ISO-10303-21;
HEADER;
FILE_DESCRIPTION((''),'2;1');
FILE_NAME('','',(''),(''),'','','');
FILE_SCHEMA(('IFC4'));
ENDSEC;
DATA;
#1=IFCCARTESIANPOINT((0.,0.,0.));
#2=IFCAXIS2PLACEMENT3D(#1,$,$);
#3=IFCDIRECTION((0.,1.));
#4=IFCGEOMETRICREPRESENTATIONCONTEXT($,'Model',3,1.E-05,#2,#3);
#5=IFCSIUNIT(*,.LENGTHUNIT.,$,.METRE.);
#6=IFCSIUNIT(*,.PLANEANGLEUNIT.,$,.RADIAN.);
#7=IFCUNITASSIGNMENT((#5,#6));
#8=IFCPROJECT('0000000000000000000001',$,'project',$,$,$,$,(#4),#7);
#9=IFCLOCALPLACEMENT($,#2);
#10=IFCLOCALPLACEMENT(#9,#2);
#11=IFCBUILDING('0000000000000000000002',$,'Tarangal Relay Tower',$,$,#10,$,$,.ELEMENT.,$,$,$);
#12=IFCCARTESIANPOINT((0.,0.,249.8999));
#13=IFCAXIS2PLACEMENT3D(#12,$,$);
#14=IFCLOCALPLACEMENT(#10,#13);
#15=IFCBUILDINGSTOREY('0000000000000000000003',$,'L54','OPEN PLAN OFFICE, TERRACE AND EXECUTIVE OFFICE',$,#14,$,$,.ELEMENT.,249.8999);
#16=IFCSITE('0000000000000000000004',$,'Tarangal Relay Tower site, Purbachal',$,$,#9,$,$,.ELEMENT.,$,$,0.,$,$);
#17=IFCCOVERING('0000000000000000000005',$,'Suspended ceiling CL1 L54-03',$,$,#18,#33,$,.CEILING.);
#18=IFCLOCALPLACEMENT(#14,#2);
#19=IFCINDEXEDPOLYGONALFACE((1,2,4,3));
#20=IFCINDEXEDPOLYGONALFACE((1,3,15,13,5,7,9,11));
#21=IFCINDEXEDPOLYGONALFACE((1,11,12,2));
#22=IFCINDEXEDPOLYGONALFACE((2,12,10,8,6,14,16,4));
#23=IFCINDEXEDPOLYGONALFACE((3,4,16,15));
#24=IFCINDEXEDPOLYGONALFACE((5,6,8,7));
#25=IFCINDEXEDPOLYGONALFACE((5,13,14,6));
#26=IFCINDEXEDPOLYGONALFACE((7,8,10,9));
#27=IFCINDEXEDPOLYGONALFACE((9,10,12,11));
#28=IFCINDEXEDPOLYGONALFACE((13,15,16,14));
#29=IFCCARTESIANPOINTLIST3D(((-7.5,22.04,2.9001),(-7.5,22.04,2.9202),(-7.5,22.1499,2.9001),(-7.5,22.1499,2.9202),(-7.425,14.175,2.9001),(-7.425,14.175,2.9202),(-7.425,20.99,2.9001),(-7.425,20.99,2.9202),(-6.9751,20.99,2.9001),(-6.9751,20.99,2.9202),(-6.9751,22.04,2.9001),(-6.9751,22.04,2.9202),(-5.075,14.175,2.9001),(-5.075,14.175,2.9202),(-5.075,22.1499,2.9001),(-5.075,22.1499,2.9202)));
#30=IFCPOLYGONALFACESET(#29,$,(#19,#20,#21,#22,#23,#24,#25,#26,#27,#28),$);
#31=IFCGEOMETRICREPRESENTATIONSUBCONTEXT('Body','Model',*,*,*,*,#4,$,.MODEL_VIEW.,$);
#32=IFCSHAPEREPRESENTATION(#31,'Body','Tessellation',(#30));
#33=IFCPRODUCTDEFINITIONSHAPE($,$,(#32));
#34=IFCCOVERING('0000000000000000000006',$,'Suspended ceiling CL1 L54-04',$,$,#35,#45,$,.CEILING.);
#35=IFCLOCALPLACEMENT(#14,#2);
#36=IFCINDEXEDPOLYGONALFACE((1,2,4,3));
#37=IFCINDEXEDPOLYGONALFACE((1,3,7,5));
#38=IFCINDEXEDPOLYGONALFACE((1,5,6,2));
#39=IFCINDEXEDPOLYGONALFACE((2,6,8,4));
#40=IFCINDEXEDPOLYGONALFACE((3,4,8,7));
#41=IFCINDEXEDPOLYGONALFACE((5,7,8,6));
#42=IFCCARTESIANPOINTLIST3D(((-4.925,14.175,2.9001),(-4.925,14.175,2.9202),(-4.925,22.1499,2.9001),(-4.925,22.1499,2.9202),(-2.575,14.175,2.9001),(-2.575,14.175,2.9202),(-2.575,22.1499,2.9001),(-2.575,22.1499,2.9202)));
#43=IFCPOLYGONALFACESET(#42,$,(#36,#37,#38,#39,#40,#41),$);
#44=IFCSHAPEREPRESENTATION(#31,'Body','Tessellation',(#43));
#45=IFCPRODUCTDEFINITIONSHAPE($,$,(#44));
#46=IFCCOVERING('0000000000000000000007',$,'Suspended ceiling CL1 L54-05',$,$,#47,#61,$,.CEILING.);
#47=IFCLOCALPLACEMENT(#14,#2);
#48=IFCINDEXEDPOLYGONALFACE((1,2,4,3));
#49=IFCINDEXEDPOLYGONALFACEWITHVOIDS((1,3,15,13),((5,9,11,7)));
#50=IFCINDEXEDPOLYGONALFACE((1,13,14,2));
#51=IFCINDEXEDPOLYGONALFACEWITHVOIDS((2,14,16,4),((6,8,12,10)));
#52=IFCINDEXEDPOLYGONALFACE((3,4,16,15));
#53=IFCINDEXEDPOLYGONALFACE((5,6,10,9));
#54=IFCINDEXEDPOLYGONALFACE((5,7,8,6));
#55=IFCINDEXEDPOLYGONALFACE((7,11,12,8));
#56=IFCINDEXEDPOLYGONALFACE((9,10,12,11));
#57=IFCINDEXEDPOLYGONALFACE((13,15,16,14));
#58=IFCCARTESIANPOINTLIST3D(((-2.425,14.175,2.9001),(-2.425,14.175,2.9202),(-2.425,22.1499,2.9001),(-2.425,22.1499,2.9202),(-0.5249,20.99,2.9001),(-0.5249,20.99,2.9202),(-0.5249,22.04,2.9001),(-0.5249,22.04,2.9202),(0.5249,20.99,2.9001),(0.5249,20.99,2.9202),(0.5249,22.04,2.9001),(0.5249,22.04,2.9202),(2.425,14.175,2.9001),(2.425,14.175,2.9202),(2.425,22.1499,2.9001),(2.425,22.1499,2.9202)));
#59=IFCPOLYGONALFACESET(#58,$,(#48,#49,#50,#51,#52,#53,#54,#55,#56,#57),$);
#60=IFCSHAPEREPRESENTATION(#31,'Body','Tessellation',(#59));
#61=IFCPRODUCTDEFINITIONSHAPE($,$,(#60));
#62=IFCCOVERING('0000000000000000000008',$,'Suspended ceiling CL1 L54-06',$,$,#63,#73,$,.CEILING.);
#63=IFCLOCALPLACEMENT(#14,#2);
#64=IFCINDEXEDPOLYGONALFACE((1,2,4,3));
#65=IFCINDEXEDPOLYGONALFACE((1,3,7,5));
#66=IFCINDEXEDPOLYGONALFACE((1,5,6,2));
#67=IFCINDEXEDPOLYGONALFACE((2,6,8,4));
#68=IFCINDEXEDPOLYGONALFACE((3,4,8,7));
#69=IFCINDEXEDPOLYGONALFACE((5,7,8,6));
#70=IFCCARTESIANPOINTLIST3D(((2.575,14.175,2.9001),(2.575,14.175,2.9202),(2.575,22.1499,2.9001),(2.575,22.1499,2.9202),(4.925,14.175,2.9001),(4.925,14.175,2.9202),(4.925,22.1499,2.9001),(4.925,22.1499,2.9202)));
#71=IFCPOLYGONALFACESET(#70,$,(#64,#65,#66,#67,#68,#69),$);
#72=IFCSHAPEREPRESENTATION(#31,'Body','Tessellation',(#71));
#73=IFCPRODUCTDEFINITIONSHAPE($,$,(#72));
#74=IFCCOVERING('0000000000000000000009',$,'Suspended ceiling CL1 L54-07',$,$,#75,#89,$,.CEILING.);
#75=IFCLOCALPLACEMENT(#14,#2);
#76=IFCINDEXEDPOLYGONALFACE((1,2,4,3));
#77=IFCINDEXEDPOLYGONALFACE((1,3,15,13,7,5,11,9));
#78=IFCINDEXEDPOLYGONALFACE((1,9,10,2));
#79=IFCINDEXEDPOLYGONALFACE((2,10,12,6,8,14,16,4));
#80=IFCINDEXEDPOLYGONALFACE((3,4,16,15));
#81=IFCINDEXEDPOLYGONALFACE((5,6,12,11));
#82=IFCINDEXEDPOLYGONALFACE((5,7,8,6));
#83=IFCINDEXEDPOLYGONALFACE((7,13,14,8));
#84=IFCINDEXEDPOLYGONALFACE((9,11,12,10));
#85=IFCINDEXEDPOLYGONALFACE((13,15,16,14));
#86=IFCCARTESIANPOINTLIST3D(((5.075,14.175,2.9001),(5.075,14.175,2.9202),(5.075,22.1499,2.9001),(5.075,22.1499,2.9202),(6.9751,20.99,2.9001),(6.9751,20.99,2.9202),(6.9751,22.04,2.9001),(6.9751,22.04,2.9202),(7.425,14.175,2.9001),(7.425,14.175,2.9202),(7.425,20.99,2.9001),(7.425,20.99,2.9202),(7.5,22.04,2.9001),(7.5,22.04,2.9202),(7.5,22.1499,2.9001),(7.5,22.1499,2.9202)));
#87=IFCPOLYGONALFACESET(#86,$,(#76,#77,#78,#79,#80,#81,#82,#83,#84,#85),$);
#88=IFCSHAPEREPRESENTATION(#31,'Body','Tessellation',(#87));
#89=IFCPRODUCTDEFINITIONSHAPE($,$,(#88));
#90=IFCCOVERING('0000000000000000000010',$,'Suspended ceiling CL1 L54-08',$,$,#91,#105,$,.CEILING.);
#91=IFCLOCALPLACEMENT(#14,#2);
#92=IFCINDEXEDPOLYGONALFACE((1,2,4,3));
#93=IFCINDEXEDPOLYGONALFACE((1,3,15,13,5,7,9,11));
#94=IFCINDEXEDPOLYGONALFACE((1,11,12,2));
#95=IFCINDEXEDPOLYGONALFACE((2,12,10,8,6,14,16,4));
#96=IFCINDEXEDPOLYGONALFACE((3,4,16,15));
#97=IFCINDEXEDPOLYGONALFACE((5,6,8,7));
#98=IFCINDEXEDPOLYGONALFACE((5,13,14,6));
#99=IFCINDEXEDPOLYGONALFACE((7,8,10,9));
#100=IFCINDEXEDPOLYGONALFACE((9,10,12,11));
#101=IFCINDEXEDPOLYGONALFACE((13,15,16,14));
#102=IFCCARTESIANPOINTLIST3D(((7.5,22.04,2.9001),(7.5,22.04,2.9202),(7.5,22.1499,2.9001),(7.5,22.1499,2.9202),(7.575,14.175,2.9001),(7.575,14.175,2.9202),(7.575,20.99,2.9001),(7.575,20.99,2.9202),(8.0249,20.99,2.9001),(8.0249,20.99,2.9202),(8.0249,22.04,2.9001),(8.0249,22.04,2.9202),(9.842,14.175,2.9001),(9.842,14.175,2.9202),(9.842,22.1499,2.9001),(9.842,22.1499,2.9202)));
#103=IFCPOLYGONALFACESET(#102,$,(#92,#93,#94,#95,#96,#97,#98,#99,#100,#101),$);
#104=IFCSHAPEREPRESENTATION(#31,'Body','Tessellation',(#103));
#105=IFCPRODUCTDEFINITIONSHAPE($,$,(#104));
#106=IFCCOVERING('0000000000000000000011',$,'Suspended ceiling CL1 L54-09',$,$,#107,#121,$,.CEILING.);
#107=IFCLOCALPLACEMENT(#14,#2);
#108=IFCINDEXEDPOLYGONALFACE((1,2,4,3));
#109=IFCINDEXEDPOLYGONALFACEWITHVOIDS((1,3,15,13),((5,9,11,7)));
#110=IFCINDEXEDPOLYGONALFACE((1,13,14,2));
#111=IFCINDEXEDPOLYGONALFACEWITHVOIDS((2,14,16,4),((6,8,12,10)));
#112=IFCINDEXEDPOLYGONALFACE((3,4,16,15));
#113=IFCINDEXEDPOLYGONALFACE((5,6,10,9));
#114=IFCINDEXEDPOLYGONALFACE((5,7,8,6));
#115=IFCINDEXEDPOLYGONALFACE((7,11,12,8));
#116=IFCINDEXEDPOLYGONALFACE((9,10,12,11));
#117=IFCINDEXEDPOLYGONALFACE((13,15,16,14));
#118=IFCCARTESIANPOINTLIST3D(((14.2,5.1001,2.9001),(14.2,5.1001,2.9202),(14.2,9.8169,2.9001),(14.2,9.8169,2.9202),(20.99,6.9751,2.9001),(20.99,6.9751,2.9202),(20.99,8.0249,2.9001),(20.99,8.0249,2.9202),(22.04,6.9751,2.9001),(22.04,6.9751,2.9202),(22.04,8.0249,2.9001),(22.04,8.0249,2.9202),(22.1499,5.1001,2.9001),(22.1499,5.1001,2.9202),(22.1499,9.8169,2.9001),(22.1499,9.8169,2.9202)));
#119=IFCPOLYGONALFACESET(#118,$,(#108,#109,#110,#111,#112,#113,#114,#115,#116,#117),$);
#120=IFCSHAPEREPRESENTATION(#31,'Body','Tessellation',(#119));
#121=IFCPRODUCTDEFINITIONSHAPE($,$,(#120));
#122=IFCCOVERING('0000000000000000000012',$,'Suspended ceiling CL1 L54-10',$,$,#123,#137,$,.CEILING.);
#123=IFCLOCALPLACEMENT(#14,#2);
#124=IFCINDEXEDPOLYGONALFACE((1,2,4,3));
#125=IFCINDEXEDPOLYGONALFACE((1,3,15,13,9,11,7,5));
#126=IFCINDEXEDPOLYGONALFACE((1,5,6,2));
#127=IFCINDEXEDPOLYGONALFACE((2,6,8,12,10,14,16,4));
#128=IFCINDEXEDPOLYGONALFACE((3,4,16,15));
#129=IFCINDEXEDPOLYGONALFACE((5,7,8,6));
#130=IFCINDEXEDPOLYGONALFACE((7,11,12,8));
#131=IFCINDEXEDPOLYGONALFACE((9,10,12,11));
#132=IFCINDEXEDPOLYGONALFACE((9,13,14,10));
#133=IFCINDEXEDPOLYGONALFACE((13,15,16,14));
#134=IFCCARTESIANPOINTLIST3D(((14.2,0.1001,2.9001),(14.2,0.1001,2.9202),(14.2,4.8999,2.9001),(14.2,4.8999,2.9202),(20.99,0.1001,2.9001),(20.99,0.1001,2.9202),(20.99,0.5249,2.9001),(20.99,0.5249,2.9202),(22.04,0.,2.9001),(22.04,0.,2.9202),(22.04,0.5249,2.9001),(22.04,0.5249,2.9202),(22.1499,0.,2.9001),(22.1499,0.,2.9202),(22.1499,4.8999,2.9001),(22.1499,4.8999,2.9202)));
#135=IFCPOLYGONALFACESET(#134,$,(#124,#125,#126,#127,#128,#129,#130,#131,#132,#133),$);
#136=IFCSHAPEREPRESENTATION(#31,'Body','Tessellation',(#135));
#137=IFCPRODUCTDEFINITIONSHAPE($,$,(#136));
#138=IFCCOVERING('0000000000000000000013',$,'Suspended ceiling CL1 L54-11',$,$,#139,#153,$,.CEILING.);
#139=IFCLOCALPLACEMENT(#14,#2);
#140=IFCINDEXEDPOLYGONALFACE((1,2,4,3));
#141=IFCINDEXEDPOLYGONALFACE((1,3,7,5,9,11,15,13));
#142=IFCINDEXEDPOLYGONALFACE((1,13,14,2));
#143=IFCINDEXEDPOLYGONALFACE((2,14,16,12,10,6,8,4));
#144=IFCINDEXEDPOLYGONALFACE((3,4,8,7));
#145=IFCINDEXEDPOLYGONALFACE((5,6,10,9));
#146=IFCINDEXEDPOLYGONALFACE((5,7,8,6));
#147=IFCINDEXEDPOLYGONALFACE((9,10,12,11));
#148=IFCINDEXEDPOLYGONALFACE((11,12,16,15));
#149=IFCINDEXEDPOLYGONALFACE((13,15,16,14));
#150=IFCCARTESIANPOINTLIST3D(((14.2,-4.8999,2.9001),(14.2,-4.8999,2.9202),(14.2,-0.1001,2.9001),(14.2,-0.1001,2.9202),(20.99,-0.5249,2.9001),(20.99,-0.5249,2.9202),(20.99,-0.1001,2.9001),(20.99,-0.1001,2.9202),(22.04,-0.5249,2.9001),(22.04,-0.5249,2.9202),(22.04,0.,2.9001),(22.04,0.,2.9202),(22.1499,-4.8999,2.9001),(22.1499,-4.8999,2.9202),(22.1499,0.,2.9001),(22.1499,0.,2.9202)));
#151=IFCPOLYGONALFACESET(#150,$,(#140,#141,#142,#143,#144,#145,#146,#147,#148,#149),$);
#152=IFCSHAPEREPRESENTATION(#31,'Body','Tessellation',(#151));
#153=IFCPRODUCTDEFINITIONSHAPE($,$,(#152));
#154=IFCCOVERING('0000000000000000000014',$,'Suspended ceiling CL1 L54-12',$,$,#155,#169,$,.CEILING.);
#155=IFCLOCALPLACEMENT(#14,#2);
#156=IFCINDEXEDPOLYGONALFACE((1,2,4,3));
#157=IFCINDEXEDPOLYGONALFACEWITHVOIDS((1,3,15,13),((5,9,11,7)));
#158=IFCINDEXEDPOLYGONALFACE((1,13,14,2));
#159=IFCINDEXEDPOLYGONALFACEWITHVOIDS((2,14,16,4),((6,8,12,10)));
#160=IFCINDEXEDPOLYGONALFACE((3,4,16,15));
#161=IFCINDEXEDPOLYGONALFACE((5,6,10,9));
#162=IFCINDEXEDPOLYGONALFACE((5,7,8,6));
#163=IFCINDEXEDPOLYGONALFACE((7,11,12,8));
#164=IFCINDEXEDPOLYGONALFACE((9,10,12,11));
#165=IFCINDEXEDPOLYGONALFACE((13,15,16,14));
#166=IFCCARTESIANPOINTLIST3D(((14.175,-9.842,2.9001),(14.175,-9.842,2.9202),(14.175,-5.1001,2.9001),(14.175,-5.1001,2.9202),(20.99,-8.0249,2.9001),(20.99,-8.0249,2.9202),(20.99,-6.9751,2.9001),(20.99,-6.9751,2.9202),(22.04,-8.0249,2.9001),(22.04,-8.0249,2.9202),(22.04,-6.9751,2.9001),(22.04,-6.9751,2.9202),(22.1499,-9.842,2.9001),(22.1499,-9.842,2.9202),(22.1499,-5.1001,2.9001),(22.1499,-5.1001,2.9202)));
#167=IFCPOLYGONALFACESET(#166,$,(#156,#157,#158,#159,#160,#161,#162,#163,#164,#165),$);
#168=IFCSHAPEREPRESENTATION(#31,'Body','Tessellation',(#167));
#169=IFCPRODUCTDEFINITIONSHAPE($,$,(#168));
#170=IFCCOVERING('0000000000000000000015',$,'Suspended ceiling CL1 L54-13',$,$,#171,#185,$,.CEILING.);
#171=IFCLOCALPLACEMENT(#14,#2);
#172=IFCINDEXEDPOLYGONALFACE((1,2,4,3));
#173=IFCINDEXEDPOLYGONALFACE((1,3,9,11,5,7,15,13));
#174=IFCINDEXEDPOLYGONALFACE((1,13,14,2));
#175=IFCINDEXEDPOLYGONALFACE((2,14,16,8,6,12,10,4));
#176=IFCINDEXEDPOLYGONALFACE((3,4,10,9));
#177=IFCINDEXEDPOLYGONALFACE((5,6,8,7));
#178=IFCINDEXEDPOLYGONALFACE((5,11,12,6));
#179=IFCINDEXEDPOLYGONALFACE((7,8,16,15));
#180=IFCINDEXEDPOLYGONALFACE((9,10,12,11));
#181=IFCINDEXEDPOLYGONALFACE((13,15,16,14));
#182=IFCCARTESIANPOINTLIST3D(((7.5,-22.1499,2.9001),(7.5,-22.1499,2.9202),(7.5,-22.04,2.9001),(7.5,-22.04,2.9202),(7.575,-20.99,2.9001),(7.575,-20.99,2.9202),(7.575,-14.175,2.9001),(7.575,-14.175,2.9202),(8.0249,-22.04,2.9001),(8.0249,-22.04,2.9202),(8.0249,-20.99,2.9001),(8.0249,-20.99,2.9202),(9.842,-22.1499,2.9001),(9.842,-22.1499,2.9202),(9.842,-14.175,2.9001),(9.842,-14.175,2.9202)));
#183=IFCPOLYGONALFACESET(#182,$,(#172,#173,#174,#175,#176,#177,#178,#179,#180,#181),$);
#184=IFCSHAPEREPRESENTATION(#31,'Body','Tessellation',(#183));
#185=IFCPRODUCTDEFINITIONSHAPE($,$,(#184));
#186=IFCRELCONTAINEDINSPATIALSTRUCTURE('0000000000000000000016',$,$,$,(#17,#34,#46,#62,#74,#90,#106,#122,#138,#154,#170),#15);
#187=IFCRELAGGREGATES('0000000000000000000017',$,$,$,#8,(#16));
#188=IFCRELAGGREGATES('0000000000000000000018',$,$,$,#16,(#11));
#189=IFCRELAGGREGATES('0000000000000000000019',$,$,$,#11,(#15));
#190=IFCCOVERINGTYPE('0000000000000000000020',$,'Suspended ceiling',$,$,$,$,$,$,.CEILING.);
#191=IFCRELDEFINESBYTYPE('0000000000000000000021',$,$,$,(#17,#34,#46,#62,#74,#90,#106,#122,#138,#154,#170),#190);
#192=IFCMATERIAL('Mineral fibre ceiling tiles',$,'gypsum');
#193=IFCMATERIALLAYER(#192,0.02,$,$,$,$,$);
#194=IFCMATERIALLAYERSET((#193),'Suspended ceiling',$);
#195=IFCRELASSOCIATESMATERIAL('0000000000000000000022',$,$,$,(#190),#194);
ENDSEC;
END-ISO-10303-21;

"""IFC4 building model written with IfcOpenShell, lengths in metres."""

from ifc_helpers import new_model, si_unit, direction, frame, origin, place, context, subcontext, project, spatial, polyline, outline, extrude, material, layer, layer_set, type_object, element, save


model = new_model("IFC4")

# Units and contexts
model_context = context("Model", 3, precision=1e-05, world=origin(), true_north=direction((0.0, 1.0)))
body_context = subcontext(model_context, "Body", "Model", "MODEL_VIEW")
ifc_project = project(units=[si_unit("LENGTHUNIT", "METRE"), si_unit("PLANEANGLEUNIT", "RADIAN")], contexts=[model_context])

# Site, building, storey
site_placement = place(None, origin())
site = spatial("IfcSite", under=ifc_project, at=site_placement, Name="Tarangal Relay Tower site, Purbachal", CompositionType="ELEMENT", RefElevation=0.0)
building_placement = place(site_placement, origin())
building = spatial("IfcBuilding", under=site, at=building_placement, Name="Tarangal Relay Tower", CompositionType="ELEMENT")
storey_placement = place(building_placement, frame((0.0, 0.0, 249.8999)))
storey = spatial("IfcBuildingStorey", under=building, at=storey_placement, Name="L54", Description="OPEN PLAN OFFICE, TERRACE AND EXECUTIVE OFFICE", CompositionType="ELEMENT", Elevation=249.8999)

# Coverings
ifc_material_1 = material(Name="Mineral fibre ceiling tiles", Category="gypsum")
ifc_layer_1 = layer(ifc_material_1, 0.02)
ifc_layer_set_1 = layer_set([ifc_layer_1], Name="Suspended ceiling")
covering_type_1 = type_object("IfcCoveringType", Name="Suspended ceiling", PredefinedType="CEILING", material=ifc_layer_set_1)
covering_1_placement = place(storey_placement, frame((0.0, 0.0, 2.9001)))
element("IfcCovering", 1, at=covering_1_placement, inside=storey, type_object=covering_type_1, Name="Suspended ceiling CL1 L54-03", PredefinedType="CEILING", context=body_context, shape_type="SweptSolid", body=[
    extrude(outline(polyline([(-5.075, 22.1499), (-7.5, 22.1499), (-7.5, 22.04), (-6.9751, 22.04), (-6.9751, 20.99), (-7.425, 20.99), (-7.425, 14.175), (-5.075, 14.175), (-5.075, 22.1499)])), origin(), (0.0, 0.0, 1.0), 0.02),
])
covering_2_placement = place(storey_placement, frame((0.0, 0.0, 2.9001)))
element("IfcCovering", 2, at=covering_2_placement, inside=storey, type_object=covering_type_1, Name="Suspended ceiling CL1 L54-04", PredefinedType="CEILING", context=body_context, shape_type="SweptSolid", body=[
    extrude(outline(polyline([(-4.925, 22.1499), (-4.925, 14.175), (-2.575, 14.175), (-2.575, 22.1499), (-4.925, 22.1499)])), origin(), (0.0, 0.0, 1.0), 0.02),
])
covering_3_placement = place(storey_placement, frame((0.0, 0.0, 2.9001)))
element("IfcCovering", 3, at=covering_3_placement, inside=storey, type_object=covering_type_1, Name="Suspended ceiling CL1 L54-05", PredefinedType="CEILING", context=body_context, shape_type="SweptSolid", body=[
    extrude(outline(polyline([(2.425, 22.1499), (-2.425, 22.1499), (-2.425, 14.175), (2.425, 14.175), (2.425, 22.1499)]), holes=[polyline([(0.5249, 22.04), (-0.5249, 22.04), (-0.5249, 20.99), (0.5249, 20.99), (0.5249, 22.04)])]), origin(), (0.0, 0.0, 1.0), 0.02),
])
covering_4_placement = place(storey_placement, frame((0.0, 0.0, 2.9001)))
element("IfcCovering", 4, at=covering_4_placement, inside=storey, type_object=covering_type_1, Name="Suspended ceiling CL1 L54-06", PredefinedType="CEILING", context=body_context, shape_type="SweptSolid", body=[
    extrude(outline(polyline([(2.575, 22.1499), (2.575, 14.175), (4.925, 14.175), (4.925, 22.1499), (2.575, 22.1499)])), origin(), (0.0, 0.0, 1.0), 0.02),
])
covering_5_placement = place(storey_placement, frame((0.0, 0.0, 2.9001)))
element("IfcCovering", 5, at=covering_5_placement, inside=storey, type_object=covering_type_1, Name="Suspended ceiling CL1 L54-07", PredefinedType="CEILING", context=body_context, shape_type="SweptSolid", body=[
    extrude(outline(polyline([(7.5, 22.1499), (5.075, 22.1499), (5.075, 14.175), (7.425, 14.175), (7.425, 20.99), (6.9751, 20.99), (6.9751, 22.04), (7.5, 22.04), (7.5, 22.1499)])), origin(), (0.0, 0.0, 1.0), 0.02),
])
covering_6_placement = place(storey_placement, frame((0.0, 0.0, 2.9001)))
element("IfcCovering", 6, at=covering_6_placement, inside=storey, type_object=covering_type_1, Name="Suspended ceiling CL1 L54-08", PredefinedType="CEILING", context=body_context, shape_type="SweptSolid", body=[
    extrude(outline(polyline([(9.842, 22.1499), (7.5, 22.1499), (7.5, 22.04), (8.0249, 22.04), (8.0249, 20.99), (7.575, 20.99), (7.575, 14.175), (9.842, 14.175), (9.842, 22.1499)])), origin(), (0.0, 0.0, 1.0), 0.02),
])
covering_7_placement = place(storey_placement, frame((0.0, 0.0, 2.9001)))
element("IfcCovering", 7, at=covering_7_placement, inside=storey, type_object=covering_type_1, Name="Suspended ceiling CL1 L54-09", PredefinedType="CEILING", context=body_context, shape_type="SweptSolid", body=[
    extrude(outline(polyline([(22.1499, 5.1001), (22.1499, 9.8169), (14.2, 9.8169), (14.2, 5.1001), (22.1499, 5.1001)]), holes=[polyline([(22.04, 8.0249), (20.99, 8.0249), (20.99, 6.9751), (22.04, 6.9751), (22.04, 8.0249)])]), origin(), (0.0, 0.0, 1.0), 0.02),
])
covering_8_placement = place(storey_placement, frame((0.0, 0.0, 2.9001)))
element("IfcCovering", 8, at=covering_8_placement, inside=storey, type_object=covering_type_1, Name="Suspended ceiling CL1 L54-10", PredefinedType="CEILING", context=body_context, shape_type="SweptSolid", body=[
    extrude(outline(polyline([(22.1499, 0.0), (22.1499, 4.8999), (14.2, 4.8999), (14.2, 0.1001), (20.99, 0.1001), (20.99, 0.5249), (22.04, 0.5249), (22.04, 0.0), (22.1499, 0.0)])), origin(), (0.0, 0.0, 1.0), 0.02),
])
covering_9_placement = place(storey_placement, frame((0.0, 0.0, 2.9001)))
element("IfcCovering", 9, at=covering_9_placement, inside=storey, type_object=covering_type_1, Name="Suspended ceiling CL1 L54-11", PredefinedType="CEILING", context=body_context, shape_type="SweptSolid", body=[
    extrude(outline(polyline([(22.1499, -4.8999), (22.1499, 0.0), (22.04, 0.0), (22.04, -0.5249), (20.99, -0.5249), (20.99, -0.1001), (14.2, -0.1001), (14.2, -4.8999), (22.1499, -4.8999)])), origin(), (0.0, 0.0, 1.0), 0.02),
])
covering_10_placement = place(storey_placement, frame((0.0, 0.0, 2.9001)))
element("IfcCovering", 10, at=covering_10_placement, inside=storey, type_object=covering_type_1, Name="Suspended ceiling CL1 L54-12", PredefinedType="CEILING", context=body_context, shape_type="SweptSolid", body=[
    extrude(outline(polyline([(22.1499, -9.842), (22.1499, -5.1001), (14.175, -5.1001), (14.175, -9.842), (22.1499, -9.842)]), holes=[polyline([(22.04, -6.9751), (20.99, -6.9751), (20.99, -8.0249), (22.04, -8.0249), (22.04, -6.9751)])]), origin(), (0.0, 0.0, 1.0), 0.02),
])
covering_11_placement = place(storey_placement, frame((0.0, 0.0, 2.9001)))
element("IfcCovering", 11, at=covering_11_placement, inside=storey, type_object=covering_type_1, Name="Suspended ceiling CL1 L54-13", PredefinedType="CEILING", context=body_context, shape_type="SweptSolid", body=[
    extrude(outline(polyline([(7.5, -22.1499), (9.842, -22.1499), (9.842, -14.175), (7.575, -14.175), (7.575, -20.99), (8.0249, -20.99), (8.0249, -22.04), (7.5, -22.04), (7.5, -22.1499)])), origin(), (0.0, 0.0, 1.0), 0.02),
])

save(model, "model.ifc")
